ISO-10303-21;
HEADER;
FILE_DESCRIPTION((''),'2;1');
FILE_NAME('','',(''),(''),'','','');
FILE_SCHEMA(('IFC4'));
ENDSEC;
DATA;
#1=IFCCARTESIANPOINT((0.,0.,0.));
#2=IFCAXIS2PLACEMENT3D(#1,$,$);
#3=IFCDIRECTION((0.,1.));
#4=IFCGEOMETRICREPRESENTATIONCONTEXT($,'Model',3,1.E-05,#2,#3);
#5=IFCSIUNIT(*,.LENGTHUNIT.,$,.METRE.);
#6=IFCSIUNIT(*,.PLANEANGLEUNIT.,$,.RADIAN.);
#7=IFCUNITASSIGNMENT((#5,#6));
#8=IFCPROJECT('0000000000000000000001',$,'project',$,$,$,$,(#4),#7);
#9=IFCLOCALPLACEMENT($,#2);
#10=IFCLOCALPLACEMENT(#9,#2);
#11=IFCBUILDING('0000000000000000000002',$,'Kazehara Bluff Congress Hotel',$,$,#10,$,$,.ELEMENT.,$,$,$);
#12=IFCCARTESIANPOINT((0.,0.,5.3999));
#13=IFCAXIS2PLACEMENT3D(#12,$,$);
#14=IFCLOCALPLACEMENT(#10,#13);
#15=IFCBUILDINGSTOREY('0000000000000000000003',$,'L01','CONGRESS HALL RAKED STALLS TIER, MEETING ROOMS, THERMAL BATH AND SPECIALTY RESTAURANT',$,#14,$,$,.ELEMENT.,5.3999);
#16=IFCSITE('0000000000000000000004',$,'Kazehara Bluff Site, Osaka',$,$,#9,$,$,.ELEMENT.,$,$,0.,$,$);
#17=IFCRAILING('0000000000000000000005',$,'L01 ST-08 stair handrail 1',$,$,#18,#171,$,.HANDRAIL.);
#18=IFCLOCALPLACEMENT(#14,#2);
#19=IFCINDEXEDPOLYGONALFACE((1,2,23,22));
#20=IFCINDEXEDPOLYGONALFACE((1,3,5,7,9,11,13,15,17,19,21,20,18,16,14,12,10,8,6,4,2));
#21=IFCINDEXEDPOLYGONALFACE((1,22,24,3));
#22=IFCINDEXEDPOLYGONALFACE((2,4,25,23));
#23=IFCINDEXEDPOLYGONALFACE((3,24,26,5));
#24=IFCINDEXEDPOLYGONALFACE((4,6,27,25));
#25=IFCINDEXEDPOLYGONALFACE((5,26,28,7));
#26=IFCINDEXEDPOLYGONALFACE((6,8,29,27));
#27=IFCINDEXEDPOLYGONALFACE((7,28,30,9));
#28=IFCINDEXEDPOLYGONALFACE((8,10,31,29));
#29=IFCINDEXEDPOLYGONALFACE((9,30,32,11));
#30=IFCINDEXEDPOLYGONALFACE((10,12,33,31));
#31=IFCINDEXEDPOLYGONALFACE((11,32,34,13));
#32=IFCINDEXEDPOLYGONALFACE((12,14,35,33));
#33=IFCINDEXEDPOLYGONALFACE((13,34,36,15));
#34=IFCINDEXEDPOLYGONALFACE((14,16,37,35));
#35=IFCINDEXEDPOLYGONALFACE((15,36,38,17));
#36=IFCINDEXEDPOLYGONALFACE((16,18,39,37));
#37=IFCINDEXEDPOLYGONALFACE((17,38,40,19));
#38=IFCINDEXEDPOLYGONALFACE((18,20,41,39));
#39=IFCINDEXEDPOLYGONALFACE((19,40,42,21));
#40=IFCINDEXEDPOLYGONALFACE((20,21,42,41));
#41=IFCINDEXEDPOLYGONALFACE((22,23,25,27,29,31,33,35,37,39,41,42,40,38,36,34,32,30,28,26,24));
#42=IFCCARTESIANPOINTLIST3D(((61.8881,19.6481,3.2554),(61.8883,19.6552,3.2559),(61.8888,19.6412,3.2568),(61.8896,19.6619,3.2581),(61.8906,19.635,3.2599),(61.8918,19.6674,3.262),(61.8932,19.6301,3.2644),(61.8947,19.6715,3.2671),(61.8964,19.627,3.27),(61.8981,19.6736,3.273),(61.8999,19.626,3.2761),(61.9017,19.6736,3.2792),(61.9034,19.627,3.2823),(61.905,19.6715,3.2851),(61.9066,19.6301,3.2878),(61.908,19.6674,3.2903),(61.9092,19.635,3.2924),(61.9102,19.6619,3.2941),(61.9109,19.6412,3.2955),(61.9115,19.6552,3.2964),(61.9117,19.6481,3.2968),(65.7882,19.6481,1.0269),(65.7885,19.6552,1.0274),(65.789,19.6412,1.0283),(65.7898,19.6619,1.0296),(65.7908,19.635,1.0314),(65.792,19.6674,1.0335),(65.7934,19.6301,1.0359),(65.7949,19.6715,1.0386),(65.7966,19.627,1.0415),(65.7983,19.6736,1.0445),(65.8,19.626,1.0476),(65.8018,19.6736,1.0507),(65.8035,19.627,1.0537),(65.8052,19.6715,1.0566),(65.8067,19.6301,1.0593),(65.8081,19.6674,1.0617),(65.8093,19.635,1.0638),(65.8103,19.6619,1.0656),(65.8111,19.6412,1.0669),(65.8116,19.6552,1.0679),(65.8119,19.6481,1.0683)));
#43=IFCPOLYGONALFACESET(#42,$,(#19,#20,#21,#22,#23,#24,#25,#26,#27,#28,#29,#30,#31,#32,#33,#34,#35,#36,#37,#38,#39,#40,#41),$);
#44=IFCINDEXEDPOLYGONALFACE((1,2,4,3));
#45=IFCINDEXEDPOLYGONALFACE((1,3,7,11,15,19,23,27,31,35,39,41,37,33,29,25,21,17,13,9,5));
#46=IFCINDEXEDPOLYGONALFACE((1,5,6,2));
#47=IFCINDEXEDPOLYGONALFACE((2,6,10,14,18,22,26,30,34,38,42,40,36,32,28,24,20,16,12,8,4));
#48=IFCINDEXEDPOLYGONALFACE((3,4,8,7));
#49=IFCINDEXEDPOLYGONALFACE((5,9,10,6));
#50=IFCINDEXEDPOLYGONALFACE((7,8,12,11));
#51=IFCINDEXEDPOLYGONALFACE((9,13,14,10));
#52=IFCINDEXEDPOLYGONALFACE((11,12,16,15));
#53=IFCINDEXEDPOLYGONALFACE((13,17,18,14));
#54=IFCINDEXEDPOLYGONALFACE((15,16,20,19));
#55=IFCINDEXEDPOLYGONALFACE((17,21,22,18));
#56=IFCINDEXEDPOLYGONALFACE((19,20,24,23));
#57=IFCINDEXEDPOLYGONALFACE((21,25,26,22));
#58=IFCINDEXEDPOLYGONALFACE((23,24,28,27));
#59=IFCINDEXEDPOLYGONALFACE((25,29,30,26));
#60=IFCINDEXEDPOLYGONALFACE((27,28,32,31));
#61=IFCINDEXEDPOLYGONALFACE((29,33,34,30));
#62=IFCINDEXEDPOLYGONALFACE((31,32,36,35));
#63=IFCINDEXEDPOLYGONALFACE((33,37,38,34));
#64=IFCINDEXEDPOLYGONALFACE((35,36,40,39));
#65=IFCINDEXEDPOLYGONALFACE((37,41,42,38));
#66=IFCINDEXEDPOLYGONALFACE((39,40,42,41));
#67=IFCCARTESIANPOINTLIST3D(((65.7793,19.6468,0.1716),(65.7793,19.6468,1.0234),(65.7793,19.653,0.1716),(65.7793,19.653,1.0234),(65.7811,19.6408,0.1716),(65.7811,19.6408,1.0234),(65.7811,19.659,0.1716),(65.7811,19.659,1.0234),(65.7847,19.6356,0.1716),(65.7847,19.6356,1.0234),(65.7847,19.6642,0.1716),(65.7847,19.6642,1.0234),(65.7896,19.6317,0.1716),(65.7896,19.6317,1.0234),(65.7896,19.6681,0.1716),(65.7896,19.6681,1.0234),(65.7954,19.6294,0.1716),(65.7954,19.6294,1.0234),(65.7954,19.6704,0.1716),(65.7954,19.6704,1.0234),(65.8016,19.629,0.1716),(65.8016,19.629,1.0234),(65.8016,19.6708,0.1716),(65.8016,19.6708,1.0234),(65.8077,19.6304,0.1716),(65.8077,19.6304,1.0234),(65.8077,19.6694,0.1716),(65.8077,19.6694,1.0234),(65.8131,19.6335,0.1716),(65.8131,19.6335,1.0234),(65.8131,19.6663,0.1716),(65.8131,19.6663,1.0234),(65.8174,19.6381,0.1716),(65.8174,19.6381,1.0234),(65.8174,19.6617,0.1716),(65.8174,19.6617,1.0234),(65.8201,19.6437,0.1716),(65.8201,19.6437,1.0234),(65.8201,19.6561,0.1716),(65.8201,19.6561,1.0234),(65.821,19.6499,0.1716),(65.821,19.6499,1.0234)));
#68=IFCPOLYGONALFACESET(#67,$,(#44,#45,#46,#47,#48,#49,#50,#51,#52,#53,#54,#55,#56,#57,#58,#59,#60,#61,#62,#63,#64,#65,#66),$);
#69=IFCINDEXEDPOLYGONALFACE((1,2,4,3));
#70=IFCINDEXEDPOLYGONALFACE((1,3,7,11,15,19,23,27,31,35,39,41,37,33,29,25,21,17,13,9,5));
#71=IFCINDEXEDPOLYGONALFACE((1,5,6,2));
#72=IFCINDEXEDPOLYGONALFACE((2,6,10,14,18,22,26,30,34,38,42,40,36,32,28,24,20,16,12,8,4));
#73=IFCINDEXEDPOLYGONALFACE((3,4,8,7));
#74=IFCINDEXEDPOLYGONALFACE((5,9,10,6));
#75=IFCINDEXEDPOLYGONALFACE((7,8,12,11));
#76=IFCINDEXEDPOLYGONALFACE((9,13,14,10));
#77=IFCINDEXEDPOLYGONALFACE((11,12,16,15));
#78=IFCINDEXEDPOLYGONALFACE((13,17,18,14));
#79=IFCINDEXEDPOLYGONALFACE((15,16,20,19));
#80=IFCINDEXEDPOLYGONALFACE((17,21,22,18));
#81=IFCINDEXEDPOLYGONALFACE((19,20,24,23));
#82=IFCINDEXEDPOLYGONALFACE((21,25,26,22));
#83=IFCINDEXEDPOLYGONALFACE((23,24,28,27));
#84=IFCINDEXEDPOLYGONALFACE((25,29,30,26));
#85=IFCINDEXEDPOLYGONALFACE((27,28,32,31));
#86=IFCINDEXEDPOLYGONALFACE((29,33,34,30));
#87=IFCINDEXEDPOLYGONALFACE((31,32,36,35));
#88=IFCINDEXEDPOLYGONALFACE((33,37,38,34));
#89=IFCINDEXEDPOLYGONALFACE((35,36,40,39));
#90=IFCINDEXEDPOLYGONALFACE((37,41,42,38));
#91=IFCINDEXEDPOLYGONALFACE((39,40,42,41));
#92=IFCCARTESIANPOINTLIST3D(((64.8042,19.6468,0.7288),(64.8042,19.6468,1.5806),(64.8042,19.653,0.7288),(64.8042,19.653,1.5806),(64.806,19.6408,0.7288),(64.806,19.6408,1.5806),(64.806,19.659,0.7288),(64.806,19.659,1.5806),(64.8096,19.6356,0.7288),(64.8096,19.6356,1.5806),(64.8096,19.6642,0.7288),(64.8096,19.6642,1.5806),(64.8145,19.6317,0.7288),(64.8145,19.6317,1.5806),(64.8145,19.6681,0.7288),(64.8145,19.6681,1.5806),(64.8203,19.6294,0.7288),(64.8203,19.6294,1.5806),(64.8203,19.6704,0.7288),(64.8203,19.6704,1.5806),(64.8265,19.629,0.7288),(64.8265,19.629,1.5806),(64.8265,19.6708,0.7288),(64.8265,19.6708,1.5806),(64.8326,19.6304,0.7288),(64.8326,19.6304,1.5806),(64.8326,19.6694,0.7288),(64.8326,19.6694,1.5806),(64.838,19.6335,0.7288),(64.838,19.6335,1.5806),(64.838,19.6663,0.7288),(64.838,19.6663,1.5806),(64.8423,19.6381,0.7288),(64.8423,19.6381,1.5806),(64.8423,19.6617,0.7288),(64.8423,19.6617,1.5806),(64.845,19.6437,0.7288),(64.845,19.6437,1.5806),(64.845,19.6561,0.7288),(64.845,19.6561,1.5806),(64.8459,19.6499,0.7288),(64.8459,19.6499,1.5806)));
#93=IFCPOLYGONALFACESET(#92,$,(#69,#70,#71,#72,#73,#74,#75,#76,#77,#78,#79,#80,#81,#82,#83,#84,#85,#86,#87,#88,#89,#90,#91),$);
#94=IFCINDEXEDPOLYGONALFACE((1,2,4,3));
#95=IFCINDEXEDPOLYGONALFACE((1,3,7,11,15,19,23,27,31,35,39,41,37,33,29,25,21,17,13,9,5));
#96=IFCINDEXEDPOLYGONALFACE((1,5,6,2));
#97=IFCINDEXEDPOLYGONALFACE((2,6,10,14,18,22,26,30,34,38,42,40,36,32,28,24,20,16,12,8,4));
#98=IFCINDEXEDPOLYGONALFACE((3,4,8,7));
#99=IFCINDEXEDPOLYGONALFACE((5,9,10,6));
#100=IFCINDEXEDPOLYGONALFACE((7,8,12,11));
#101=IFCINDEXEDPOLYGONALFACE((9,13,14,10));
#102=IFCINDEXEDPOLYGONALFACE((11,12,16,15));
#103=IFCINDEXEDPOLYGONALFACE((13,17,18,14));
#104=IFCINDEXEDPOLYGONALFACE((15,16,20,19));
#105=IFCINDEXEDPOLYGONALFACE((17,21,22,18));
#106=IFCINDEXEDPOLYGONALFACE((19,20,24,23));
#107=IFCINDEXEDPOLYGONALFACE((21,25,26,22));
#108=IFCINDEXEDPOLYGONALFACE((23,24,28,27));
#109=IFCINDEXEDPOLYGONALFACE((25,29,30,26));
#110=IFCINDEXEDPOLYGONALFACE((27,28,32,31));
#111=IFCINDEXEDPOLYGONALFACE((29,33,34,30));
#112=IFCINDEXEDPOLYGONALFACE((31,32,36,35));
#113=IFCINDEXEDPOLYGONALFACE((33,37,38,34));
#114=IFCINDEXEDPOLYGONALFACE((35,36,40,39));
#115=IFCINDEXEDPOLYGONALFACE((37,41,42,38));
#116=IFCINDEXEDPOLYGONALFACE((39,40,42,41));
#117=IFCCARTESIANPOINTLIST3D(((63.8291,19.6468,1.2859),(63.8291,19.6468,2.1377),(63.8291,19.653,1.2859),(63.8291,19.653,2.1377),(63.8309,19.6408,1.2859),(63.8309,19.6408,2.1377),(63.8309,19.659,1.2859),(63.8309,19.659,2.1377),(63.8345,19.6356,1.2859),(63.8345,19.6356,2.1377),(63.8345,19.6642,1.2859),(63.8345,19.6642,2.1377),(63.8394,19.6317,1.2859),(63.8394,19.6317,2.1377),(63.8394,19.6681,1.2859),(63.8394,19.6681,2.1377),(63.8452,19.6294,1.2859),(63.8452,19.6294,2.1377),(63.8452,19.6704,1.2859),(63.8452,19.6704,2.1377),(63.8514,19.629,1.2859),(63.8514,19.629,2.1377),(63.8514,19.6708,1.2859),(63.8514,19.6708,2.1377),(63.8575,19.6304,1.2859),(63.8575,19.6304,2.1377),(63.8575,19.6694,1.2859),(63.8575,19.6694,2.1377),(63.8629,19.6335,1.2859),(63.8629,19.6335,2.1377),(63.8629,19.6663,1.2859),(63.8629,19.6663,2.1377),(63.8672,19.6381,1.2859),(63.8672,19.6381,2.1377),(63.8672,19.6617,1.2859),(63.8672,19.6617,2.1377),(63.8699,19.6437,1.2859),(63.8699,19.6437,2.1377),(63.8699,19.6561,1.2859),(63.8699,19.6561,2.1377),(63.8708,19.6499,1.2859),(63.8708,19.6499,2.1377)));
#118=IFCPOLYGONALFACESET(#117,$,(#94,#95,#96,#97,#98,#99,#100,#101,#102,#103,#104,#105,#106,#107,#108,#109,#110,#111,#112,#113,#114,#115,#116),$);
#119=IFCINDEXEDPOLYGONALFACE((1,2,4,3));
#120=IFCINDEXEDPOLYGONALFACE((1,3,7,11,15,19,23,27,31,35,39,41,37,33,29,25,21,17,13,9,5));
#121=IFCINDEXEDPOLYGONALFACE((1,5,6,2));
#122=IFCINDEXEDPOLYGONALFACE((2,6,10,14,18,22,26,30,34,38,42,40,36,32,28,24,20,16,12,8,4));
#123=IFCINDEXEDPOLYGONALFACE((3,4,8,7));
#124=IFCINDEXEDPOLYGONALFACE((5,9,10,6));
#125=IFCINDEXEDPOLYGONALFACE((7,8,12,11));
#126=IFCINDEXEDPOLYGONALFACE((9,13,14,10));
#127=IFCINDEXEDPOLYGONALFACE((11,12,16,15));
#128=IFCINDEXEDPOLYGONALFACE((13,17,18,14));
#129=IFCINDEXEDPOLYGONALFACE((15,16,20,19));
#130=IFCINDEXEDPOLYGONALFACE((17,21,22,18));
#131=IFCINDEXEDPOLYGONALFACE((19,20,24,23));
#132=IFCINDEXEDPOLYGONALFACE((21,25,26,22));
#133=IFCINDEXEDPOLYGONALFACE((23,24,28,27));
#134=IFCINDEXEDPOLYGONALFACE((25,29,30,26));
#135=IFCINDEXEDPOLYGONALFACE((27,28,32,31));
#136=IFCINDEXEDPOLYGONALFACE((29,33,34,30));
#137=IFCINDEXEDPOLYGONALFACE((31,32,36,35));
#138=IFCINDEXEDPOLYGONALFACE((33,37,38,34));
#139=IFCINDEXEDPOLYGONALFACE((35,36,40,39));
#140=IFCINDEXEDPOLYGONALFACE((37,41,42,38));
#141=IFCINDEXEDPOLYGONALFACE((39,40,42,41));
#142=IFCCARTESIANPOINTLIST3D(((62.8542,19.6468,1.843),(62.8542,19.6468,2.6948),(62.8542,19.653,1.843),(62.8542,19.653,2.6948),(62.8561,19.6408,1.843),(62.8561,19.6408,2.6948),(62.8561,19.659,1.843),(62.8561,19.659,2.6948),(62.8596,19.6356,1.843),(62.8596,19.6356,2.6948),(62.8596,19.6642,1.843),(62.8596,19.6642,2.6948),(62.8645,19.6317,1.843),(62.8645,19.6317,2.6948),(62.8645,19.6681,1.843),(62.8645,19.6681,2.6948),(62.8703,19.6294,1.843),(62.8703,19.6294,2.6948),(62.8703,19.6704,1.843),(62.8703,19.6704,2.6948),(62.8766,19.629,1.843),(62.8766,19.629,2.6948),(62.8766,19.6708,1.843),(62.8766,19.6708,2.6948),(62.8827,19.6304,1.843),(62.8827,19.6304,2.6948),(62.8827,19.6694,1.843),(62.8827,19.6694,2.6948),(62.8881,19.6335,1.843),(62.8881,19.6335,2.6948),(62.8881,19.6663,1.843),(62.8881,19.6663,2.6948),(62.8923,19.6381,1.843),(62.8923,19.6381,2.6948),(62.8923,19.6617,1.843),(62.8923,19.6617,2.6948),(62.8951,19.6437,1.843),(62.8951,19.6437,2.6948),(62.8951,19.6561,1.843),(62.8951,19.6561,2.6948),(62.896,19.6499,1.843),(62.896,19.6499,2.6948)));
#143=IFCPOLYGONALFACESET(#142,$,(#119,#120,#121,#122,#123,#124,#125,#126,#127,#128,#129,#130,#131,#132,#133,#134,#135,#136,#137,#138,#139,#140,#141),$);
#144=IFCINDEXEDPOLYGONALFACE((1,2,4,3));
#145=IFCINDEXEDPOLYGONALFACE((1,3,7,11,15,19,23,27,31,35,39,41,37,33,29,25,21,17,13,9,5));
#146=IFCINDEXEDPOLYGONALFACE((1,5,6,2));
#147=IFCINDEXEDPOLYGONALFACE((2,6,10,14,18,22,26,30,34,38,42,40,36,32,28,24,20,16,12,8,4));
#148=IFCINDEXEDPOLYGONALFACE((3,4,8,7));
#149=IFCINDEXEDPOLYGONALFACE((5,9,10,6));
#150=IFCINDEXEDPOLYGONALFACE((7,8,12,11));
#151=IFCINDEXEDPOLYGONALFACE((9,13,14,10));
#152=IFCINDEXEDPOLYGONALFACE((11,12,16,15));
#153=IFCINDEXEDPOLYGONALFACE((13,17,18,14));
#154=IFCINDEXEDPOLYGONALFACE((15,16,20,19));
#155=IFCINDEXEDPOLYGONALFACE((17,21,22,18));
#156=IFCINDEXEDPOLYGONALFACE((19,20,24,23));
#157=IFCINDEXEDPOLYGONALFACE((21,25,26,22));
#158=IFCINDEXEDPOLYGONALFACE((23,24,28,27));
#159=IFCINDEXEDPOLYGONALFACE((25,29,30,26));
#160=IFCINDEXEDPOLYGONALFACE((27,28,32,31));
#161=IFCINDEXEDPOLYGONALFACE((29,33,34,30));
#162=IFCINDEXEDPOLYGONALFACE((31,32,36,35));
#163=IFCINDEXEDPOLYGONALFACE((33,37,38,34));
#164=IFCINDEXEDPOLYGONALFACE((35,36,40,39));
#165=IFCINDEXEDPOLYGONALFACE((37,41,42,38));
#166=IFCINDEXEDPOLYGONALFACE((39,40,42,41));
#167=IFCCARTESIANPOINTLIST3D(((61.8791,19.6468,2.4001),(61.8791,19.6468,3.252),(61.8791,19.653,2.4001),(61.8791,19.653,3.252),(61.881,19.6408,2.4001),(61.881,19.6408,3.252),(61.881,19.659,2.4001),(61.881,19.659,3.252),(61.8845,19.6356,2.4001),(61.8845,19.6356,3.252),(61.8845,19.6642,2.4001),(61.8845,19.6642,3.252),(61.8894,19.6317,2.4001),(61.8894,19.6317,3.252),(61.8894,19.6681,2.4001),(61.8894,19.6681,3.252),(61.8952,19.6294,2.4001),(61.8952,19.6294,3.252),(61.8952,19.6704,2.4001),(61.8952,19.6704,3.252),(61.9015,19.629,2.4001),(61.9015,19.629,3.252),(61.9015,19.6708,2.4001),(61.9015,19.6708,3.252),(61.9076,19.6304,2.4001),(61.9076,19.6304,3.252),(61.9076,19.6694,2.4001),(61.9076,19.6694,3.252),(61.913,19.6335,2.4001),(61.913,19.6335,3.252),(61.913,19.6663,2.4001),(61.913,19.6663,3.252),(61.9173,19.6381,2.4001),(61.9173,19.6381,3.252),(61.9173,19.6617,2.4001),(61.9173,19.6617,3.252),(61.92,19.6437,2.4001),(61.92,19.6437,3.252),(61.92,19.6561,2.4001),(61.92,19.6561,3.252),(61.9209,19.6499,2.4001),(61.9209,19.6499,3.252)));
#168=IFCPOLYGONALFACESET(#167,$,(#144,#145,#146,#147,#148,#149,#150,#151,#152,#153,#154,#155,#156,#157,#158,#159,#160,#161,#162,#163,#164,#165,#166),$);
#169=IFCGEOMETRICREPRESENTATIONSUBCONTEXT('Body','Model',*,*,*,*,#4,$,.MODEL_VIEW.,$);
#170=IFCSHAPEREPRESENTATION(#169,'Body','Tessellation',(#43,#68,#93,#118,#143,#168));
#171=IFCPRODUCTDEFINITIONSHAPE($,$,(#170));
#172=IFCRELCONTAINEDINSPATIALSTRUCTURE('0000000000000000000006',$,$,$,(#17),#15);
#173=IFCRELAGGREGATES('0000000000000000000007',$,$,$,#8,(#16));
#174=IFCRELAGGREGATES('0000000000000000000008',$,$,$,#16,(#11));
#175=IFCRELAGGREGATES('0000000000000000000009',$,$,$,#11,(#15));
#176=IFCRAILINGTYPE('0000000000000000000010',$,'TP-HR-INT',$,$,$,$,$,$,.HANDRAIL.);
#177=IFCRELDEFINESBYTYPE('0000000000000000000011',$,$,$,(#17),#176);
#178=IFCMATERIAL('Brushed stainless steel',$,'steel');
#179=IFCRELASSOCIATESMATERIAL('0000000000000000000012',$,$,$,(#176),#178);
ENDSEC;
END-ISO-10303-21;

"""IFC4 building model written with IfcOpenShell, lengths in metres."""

from ifc_helpers import new_model, si_unit, direction, frame, origin, origin_2d, place, context, subcontext, project, spatial, circle, extrude, material, type_object, element, save


model = new_model("IFC4")

# Units and contexts
model_context = context("Model", 3, precision=1e-05, world=origin(), true_north=direction((0.0, 1.0)))
body_context = subcontext(model_context, "Body", "Model", "MODEL_VIEW")
ifc_project = project(units=[si_unit("LENGTHUNIT", "METRE"), si_unit("PLANEANGLEUNIT", "RADIAN")], contexts=[model_context])

# Site, building, storey
site_placement = place(None, origin())
site = spatial("IfcSite", under=ifc_project, at=site_placement, Name="Kazehara Bluff Site, Osaka", CompositionType="ELEMENT", RefElevation=0.0)
building_placement = place(site_placement, origin())
building = spatial("IfcBuilding", under=site, at=building_placement, Name="Kazehara Bluff Congress Hotel", CompositionType="ELEMENT")
storey_placement = place(building_placement, frame((0.0, 0.0, 5.3999)))
storey = spatial("IfcBuildingStorey", under=building, at=storey_placement, Name="L01", Description="CONGRESS HALL RAKED STALLS TIER, MEETING ROOMS, THERMAL BATH AND SPECIALTY RESTAURANT", CompositionType="ELEMENT", Elevation=5.3999)

# Railing
ifc_material_1 = material(Name="Brushed stainless steel", Category="steel")
railing_type_1 = type_object("IfcRailingType", Name="TP-HR-INT", PredefinedType="HANDRAIL", material=ifc_material_1)
railing_1_placement = place(storey_placement, frame((65.8, 19.6499, 0.1716)))
element("IfcRailing", 1, at=railing_1_placement, inside=storey, type_object=railing_type_1, Name="L01 ST-08 stair handrail 1", PredefinedType="HANDRAIL", context=body_context, shape_type="SweptSolid", body=[
    extrude(circle(Radius=0.0239, at=origin_2d()), frame((0.0, 0.0, 0.876), z_axis=(-0.868257, 0.0, 0.496116), x_axis=(0.0, -1.0, 0.0)), (0.0, 0.0, 1.0), 4.4919),
    extrude(circle(Radius=0.021, at=origin_2d()), origin(), (0.0, 0.0, 1.0), 0.8518),
    extrude(circle(Radius=0.021, at=origin_2d()), frame((-0.9751, 0.0, 0.5571)), (0.0, 0.0, 1.0), 0.8518),
    extrude(circle(Radius=0.021, at=origin_2d()), frame((-1.9502, 0.0, 1.1143)), (0.0, 0.0, 1.0), 0.8518),
    extrude(circle(Radius=0.021, at=origin_2d()), frame((-2.925, 0.0, 1.6714)), (0.0, 0.0, 1.0), 0.8518),
    extrude(circle(Radius=0.021, at=origin_2d()), frame((-3.9001, 0.0, 2.2285)), (0.0, 0.0, 1.0), 0.8518),
])

save(model, "model.ifc")
